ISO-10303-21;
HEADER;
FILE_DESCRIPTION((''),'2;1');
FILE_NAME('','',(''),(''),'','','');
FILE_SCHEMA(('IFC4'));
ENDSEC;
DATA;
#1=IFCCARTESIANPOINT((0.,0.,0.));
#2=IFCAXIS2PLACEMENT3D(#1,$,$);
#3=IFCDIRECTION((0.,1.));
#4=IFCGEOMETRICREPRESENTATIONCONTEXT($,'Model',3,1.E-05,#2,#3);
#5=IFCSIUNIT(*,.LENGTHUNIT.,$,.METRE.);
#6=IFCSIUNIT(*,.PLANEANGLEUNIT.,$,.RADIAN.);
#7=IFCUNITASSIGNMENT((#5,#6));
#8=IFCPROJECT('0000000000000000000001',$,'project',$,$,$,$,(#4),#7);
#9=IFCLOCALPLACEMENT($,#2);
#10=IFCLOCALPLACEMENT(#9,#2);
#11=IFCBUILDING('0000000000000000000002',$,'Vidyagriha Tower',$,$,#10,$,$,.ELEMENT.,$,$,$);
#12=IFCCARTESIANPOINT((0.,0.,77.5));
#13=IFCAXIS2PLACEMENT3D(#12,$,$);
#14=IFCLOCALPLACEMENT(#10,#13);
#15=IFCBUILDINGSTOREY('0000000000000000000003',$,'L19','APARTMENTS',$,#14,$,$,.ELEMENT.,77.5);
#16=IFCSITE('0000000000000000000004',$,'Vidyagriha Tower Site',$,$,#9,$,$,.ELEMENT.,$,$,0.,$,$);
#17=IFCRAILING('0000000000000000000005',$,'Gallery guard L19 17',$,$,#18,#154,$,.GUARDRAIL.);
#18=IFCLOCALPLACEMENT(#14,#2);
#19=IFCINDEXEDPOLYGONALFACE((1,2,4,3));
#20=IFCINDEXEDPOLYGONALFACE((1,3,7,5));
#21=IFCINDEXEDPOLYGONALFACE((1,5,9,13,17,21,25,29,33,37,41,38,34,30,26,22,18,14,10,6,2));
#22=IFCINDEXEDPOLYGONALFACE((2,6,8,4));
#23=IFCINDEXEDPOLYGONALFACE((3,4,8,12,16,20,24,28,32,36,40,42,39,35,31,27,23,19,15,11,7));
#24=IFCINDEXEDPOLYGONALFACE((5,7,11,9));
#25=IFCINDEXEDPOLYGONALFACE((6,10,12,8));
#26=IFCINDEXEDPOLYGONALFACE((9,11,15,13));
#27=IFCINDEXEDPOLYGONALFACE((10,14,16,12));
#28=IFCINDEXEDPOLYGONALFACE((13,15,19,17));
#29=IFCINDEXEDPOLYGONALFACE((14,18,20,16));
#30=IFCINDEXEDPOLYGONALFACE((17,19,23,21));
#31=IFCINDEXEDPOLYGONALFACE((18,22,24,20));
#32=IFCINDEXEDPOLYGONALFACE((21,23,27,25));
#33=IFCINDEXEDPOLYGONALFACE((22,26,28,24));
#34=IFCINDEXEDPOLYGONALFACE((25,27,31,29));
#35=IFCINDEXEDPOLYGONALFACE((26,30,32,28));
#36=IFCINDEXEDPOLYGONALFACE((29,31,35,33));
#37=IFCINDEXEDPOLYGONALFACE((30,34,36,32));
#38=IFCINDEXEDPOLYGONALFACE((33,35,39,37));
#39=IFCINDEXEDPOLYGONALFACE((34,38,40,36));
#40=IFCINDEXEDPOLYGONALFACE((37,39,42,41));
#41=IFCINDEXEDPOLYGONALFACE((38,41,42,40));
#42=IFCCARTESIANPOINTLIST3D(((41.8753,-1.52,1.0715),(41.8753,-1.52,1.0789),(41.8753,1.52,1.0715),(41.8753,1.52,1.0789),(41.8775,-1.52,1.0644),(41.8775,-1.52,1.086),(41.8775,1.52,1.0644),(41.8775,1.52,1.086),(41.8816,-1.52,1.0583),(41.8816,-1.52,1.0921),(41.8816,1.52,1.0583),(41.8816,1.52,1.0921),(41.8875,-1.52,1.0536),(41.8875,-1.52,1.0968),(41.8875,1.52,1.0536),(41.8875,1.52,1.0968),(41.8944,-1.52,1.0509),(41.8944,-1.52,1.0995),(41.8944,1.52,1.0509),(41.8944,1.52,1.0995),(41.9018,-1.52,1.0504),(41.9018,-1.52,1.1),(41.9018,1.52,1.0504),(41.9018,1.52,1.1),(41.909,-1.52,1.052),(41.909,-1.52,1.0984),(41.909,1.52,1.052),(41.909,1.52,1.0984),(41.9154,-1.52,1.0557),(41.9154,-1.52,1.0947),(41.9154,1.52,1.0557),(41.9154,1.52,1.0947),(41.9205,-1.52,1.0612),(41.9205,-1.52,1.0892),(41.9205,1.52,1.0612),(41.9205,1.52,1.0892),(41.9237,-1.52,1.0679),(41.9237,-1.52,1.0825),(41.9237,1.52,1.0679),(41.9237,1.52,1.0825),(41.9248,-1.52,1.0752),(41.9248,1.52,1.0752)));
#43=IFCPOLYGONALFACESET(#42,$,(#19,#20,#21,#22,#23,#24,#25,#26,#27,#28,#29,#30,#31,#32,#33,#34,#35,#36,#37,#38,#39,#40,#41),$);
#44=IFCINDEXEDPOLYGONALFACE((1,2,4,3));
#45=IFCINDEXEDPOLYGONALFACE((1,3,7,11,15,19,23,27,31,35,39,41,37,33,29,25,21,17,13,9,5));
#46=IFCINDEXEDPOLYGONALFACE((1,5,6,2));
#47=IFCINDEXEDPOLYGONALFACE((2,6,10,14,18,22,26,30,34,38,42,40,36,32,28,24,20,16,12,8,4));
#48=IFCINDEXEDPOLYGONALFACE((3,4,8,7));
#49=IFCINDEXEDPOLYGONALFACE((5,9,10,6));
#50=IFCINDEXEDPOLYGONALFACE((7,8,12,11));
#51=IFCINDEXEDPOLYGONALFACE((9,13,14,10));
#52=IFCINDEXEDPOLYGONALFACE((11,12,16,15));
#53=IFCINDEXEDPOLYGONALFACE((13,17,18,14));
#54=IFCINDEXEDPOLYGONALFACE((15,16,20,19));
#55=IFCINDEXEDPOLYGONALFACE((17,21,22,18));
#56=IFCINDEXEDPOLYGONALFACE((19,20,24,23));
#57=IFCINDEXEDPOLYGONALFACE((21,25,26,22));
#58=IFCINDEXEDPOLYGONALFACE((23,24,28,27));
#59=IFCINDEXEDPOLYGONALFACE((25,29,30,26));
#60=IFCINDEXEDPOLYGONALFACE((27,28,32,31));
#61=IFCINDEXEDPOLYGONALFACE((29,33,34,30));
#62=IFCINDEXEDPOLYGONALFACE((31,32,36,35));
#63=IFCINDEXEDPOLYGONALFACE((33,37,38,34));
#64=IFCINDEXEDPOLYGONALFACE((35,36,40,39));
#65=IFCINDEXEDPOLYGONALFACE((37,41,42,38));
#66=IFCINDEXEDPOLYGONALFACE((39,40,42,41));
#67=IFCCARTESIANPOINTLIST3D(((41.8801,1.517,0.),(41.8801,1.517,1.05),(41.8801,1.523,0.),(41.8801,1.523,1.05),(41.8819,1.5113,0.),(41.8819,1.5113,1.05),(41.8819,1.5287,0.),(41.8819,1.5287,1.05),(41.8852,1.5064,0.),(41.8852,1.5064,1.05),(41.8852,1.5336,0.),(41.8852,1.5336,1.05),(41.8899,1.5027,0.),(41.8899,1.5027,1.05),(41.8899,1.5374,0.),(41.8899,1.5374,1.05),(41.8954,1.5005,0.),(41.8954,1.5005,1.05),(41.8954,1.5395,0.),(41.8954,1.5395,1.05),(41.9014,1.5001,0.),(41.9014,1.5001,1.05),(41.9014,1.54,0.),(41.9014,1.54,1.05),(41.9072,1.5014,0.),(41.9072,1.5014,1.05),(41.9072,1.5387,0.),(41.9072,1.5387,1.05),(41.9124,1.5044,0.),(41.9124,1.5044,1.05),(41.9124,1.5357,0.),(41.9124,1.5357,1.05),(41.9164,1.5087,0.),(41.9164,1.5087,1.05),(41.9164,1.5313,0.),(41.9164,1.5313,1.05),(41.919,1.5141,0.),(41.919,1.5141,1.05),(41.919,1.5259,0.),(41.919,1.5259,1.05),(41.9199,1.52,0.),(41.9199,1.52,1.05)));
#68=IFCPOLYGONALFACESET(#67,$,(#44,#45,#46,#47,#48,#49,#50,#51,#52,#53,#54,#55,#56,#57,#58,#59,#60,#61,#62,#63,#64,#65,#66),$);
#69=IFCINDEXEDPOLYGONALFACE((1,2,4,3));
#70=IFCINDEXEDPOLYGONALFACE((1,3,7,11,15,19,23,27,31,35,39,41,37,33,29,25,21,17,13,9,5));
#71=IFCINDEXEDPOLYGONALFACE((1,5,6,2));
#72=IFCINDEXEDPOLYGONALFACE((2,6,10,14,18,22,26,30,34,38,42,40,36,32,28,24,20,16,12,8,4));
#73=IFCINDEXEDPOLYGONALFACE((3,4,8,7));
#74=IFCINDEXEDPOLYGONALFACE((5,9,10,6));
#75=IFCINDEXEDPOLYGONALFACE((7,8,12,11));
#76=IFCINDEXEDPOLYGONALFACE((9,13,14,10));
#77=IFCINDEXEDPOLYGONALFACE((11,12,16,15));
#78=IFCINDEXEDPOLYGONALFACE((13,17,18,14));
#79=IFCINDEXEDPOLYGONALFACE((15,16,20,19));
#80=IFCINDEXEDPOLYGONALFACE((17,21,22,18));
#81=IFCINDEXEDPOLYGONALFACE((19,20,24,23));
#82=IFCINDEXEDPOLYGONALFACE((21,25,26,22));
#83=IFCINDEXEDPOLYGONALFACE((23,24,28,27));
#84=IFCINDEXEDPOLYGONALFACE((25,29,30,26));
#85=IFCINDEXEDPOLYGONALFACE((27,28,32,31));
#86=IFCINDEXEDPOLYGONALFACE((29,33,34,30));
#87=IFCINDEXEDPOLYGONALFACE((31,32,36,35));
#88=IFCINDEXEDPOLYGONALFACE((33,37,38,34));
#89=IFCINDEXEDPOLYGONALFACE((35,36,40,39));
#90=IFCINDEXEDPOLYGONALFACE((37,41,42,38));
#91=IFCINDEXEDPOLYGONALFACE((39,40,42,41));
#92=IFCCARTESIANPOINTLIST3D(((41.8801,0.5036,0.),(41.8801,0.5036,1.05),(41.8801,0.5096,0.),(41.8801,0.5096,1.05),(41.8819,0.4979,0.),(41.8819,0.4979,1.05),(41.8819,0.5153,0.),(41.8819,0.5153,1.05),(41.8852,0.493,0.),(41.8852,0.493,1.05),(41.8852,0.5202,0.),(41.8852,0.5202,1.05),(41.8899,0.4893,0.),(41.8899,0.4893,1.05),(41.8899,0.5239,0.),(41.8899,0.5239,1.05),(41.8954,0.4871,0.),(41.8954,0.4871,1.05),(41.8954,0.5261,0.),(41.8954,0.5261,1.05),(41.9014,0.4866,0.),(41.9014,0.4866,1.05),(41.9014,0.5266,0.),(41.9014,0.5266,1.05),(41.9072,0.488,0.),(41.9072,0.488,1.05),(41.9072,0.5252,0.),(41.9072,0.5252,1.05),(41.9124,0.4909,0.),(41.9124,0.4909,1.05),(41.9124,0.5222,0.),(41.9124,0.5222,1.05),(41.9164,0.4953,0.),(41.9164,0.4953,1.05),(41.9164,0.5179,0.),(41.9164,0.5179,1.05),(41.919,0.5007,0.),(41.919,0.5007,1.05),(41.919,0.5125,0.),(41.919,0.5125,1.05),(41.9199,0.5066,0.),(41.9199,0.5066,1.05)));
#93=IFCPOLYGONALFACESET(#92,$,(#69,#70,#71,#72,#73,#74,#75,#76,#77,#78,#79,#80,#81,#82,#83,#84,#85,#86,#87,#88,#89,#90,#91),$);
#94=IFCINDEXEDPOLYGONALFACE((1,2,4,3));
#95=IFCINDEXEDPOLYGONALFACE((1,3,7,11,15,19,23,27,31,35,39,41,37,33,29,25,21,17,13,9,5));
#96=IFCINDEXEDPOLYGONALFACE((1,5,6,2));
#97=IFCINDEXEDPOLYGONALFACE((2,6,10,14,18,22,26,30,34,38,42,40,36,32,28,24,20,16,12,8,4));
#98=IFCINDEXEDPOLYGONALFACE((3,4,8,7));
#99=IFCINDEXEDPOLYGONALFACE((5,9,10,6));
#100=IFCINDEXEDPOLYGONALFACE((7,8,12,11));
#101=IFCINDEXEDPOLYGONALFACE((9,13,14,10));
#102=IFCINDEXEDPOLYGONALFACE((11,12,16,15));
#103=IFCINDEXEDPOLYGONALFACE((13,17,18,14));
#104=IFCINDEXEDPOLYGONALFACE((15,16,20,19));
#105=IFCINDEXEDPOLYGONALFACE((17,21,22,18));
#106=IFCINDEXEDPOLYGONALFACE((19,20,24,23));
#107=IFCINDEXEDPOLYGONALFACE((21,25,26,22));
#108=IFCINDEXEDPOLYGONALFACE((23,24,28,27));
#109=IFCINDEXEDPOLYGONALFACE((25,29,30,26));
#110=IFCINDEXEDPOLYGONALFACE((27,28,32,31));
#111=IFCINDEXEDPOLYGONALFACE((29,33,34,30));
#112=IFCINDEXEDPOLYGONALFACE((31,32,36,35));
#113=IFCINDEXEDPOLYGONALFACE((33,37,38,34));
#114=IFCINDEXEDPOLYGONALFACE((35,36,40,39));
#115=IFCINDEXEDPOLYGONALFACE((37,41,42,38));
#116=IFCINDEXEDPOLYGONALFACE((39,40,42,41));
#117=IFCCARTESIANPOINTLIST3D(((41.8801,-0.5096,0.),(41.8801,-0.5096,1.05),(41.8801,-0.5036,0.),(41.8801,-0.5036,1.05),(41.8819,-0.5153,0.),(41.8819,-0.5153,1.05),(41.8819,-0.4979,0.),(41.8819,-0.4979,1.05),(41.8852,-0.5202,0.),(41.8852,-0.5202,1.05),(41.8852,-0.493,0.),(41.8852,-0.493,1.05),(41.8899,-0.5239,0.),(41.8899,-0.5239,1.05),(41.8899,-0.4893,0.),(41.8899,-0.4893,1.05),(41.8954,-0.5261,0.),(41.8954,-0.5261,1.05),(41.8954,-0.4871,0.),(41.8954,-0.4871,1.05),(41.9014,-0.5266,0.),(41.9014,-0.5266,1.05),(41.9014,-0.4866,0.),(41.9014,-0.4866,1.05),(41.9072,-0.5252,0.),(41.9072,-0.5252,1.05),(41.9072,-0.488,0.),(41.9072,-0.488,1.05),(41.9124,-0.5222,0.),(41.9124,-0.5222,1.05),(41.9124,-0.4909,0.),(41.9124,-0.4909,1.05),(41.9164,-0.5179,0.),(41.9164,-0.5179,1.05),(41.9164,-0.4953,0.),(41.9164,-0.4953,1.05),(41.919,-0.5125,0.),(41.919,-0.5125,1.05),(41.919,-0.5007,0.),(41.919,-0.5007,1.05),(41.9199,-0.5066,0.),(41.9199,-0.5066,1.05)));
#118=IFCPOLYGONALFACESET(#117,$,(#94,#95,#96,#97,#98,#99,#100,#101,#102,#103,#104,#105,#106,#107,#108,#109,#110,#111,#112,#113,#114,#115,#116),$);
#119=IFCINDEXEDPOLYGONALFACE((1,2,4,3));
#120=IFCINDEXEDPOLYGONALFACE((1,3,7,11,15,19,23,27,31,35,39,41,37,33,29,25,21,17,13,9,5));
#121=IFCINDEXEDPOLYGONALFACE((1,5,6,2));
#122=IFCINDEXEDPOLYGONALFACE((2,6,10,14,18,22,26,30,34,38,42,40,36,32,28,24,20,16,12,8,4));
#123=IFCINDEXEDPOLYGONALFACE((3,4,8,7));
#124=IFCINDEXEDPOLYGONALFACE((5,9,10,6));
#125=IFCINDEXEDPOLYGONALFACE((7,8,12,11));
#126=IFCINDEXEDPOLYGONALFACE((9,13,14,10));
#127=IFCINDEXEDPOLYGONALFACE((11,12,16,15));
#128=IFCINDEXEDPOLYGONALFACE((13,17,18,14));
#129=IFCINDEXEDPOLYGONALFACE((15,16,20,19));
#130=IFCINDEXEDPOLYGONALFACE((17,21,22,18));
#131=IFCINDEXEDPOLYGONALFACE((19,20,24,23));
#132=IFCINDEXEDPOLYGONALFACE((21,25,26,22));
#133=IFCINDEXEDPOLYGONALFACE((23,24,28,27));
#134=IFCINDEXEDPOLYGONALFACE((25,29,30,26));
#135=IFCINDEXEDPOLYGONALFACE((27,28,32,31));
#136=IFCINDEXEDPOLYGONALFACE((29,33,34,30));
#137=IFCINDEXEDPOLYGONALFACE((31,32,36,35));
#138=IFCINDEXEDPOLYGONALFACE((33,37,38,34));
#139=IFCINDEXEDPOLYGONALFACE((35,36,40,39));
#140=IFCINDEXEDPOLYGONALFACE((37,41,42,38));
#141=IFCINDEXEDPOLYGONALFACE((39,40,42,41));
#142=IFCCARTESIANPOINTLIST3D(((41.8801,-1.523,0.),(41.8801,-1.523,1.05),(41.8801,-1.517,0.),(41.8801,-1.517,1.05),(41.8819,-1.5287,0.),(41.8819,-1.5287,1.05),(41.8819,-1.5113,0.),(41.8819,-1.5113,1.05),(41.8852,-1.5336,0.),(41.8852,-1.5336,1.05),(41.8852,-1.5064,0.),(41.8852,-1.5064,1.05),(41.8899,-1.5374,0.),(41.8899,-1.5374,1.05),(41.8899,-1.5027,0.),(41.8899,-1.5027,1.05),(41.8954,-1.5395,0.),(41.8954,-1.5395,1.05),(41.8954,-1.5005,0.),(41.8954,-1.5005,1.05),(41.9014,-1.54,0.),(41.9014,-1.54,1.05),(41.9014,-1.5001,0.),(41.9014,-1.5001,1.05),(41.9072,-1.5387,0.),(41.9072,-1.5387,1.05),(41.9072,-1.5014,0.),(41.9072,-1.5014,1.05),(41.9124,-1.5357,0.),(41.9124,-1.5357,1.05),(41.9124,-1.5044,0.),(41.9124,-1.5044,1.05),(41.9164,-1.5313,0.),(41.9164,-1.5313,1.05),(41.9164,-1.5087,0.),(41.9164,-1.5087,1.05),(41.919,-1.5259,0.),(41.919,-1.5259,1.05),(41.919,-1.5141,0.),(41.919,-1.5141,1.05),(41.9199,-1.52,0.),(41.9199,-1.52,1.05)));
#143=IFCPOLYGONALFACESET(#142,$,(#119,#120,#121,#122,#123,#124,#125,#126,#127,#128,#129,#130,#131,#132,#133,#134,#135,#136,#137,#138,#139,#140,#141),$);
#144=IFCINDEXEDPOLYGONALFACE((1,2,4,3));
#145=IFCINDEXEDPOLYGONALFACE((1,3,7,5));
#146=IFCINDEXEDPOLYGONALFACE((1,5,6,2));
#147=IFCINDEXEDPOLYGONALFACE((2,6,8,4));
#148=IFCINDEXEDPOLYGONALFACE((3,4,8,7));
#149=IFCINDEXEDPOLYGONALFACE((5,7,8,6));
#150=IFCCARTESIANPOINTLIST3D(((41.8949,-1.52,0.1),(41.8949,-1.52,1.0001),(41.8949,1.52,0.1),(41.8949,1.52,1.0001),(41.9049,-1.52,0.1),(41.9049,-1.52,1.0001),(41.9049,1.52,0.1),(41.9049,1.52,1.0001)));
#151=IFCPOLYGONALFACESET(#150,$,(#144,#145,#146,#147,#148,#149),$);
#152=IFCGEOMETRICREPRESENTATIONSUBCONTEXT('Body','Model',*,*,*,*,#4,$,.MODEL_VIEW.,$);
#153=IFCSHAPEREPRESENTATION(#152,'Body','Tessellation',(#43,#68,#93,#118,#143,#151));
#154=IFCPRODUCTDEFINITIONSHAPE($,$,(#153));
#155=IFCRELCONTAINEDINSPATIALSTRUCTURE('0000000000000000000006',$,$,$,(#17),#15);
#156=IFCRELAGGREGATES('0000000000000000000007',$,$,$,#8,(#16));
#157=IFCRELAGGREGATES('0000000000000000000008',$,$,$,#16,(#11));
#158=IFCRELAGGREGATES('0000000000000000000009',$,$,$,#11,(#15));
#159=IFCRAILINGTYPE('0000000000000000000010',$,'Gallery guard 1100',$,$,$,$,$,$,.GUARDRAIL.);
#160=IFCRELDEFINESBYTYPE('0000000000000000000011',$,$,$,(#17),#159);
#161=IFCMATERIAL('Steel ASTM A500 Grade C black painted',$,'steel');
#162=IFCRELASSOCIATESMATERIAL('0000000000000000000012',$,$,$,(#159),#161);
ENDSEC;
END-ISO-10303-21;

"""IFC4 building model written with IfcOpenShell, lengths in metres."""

from ifc_helpers import new_model, si_unit, direction, frame, origin, origin_2d, place, context, subcontext, project, spatial, rectangle, circle, extrude, material, type_object, element, save


model = new_model("IFC4")

# Units and contexts
model_context = context("Model", 3, precision=1e-05, world=origin(), true_north=direction((0.0, 1.0)))
body_context = subcontext(model_context, "Body", "Model", "MODEL_VIEW")
ifc_project = project(units=[si_unit("LENGTHUNIT", "METRE"), si_unit("PLANEANGLEUNIT", "RADIAN")], contexts=[model_context])

# Site, building, storey
site_placement = place(None, origin())
site = spatial("IfcSite", under=ifc_project, at=site_placement, Name="Vidyagriha Tower Site", CompositionType="ELEMENT", RefElevation=0.0)
building_placement = place(site_placement, origin())
building = spatial("IfcBuilding", under=site, at=building_placement, Name="Vidyagriha Tower", CompositionType="ELEMENT")
storey_placement = place(building_placement, frame((0.0, 0.0, 77.5)))
storey = spatial("IfcBuildingStorey", under=building, at=storey_placement, Name="L19", Description="APARTMENTS", CompositionType="ELEMENT", Elevation=77.5)

# Railing
ifc_material_1 = material(Name="Steel ASTM A500 Grade C black painted", Category="steel")
railing_type_1 = type_object("IfcRailingType", Name="Gallery guard 1100", PredefinedType="GUARDRAIL", material=ifc_material_1)
railing_1_placement = place(storey_placement, frame((41.8999, 1.52, 0.0)))
element("IfcRailing", 1, at=railing_1_placement, inside=storey, type_object=railing_type_1, Name="Gallery guard L19 17", PredefinedType="GUARDRAIL", context=body_context, shape_type="SweptSolid", body=[
    extrude(circle(Radius=0.0249, at=origin_2d()), frame((0.0, 0.0, 1.0752), z_axis=(0.0, -1.0, 0.0), x_axis=(1.0, 0.0, 0.0)), (0.0, 0.0, 1.0), 3.04),
    extrude(circle(Radius=0.02, at=origin_2d()), origin(), (0.0, 0.0, 1.0), 1.05),
    extrude(circle(Radius=0.02, at=origin_2d()), frame((0.0, -1.0134, 0.0)), (0.0, 0.0, 1.0), 1.05),
    extrude(circle(Radius=0.02, at=origin_2d()), frame((0.0, -2.0266, 0.0)), (0.0, 0.0, 1.0), 1.05),
    extrude(circle(Radius=0.02, at=origin_2d()), frame((0.0, -3.04, 0.0)), (0.0, 0.0, 1.0), 1.05),
    extrude(rectangle(XDim=0.01, YDim=0.9001, at=origin_2d()), frame((0.0, 0.0, 0.55), z_axis=(0.0, -1.0, 0.0), x_axis=(1.0, 0.0, 0.0)), (0.0, 0.0, 1.0), 3.04),
])

save(model, "model.ifc")
